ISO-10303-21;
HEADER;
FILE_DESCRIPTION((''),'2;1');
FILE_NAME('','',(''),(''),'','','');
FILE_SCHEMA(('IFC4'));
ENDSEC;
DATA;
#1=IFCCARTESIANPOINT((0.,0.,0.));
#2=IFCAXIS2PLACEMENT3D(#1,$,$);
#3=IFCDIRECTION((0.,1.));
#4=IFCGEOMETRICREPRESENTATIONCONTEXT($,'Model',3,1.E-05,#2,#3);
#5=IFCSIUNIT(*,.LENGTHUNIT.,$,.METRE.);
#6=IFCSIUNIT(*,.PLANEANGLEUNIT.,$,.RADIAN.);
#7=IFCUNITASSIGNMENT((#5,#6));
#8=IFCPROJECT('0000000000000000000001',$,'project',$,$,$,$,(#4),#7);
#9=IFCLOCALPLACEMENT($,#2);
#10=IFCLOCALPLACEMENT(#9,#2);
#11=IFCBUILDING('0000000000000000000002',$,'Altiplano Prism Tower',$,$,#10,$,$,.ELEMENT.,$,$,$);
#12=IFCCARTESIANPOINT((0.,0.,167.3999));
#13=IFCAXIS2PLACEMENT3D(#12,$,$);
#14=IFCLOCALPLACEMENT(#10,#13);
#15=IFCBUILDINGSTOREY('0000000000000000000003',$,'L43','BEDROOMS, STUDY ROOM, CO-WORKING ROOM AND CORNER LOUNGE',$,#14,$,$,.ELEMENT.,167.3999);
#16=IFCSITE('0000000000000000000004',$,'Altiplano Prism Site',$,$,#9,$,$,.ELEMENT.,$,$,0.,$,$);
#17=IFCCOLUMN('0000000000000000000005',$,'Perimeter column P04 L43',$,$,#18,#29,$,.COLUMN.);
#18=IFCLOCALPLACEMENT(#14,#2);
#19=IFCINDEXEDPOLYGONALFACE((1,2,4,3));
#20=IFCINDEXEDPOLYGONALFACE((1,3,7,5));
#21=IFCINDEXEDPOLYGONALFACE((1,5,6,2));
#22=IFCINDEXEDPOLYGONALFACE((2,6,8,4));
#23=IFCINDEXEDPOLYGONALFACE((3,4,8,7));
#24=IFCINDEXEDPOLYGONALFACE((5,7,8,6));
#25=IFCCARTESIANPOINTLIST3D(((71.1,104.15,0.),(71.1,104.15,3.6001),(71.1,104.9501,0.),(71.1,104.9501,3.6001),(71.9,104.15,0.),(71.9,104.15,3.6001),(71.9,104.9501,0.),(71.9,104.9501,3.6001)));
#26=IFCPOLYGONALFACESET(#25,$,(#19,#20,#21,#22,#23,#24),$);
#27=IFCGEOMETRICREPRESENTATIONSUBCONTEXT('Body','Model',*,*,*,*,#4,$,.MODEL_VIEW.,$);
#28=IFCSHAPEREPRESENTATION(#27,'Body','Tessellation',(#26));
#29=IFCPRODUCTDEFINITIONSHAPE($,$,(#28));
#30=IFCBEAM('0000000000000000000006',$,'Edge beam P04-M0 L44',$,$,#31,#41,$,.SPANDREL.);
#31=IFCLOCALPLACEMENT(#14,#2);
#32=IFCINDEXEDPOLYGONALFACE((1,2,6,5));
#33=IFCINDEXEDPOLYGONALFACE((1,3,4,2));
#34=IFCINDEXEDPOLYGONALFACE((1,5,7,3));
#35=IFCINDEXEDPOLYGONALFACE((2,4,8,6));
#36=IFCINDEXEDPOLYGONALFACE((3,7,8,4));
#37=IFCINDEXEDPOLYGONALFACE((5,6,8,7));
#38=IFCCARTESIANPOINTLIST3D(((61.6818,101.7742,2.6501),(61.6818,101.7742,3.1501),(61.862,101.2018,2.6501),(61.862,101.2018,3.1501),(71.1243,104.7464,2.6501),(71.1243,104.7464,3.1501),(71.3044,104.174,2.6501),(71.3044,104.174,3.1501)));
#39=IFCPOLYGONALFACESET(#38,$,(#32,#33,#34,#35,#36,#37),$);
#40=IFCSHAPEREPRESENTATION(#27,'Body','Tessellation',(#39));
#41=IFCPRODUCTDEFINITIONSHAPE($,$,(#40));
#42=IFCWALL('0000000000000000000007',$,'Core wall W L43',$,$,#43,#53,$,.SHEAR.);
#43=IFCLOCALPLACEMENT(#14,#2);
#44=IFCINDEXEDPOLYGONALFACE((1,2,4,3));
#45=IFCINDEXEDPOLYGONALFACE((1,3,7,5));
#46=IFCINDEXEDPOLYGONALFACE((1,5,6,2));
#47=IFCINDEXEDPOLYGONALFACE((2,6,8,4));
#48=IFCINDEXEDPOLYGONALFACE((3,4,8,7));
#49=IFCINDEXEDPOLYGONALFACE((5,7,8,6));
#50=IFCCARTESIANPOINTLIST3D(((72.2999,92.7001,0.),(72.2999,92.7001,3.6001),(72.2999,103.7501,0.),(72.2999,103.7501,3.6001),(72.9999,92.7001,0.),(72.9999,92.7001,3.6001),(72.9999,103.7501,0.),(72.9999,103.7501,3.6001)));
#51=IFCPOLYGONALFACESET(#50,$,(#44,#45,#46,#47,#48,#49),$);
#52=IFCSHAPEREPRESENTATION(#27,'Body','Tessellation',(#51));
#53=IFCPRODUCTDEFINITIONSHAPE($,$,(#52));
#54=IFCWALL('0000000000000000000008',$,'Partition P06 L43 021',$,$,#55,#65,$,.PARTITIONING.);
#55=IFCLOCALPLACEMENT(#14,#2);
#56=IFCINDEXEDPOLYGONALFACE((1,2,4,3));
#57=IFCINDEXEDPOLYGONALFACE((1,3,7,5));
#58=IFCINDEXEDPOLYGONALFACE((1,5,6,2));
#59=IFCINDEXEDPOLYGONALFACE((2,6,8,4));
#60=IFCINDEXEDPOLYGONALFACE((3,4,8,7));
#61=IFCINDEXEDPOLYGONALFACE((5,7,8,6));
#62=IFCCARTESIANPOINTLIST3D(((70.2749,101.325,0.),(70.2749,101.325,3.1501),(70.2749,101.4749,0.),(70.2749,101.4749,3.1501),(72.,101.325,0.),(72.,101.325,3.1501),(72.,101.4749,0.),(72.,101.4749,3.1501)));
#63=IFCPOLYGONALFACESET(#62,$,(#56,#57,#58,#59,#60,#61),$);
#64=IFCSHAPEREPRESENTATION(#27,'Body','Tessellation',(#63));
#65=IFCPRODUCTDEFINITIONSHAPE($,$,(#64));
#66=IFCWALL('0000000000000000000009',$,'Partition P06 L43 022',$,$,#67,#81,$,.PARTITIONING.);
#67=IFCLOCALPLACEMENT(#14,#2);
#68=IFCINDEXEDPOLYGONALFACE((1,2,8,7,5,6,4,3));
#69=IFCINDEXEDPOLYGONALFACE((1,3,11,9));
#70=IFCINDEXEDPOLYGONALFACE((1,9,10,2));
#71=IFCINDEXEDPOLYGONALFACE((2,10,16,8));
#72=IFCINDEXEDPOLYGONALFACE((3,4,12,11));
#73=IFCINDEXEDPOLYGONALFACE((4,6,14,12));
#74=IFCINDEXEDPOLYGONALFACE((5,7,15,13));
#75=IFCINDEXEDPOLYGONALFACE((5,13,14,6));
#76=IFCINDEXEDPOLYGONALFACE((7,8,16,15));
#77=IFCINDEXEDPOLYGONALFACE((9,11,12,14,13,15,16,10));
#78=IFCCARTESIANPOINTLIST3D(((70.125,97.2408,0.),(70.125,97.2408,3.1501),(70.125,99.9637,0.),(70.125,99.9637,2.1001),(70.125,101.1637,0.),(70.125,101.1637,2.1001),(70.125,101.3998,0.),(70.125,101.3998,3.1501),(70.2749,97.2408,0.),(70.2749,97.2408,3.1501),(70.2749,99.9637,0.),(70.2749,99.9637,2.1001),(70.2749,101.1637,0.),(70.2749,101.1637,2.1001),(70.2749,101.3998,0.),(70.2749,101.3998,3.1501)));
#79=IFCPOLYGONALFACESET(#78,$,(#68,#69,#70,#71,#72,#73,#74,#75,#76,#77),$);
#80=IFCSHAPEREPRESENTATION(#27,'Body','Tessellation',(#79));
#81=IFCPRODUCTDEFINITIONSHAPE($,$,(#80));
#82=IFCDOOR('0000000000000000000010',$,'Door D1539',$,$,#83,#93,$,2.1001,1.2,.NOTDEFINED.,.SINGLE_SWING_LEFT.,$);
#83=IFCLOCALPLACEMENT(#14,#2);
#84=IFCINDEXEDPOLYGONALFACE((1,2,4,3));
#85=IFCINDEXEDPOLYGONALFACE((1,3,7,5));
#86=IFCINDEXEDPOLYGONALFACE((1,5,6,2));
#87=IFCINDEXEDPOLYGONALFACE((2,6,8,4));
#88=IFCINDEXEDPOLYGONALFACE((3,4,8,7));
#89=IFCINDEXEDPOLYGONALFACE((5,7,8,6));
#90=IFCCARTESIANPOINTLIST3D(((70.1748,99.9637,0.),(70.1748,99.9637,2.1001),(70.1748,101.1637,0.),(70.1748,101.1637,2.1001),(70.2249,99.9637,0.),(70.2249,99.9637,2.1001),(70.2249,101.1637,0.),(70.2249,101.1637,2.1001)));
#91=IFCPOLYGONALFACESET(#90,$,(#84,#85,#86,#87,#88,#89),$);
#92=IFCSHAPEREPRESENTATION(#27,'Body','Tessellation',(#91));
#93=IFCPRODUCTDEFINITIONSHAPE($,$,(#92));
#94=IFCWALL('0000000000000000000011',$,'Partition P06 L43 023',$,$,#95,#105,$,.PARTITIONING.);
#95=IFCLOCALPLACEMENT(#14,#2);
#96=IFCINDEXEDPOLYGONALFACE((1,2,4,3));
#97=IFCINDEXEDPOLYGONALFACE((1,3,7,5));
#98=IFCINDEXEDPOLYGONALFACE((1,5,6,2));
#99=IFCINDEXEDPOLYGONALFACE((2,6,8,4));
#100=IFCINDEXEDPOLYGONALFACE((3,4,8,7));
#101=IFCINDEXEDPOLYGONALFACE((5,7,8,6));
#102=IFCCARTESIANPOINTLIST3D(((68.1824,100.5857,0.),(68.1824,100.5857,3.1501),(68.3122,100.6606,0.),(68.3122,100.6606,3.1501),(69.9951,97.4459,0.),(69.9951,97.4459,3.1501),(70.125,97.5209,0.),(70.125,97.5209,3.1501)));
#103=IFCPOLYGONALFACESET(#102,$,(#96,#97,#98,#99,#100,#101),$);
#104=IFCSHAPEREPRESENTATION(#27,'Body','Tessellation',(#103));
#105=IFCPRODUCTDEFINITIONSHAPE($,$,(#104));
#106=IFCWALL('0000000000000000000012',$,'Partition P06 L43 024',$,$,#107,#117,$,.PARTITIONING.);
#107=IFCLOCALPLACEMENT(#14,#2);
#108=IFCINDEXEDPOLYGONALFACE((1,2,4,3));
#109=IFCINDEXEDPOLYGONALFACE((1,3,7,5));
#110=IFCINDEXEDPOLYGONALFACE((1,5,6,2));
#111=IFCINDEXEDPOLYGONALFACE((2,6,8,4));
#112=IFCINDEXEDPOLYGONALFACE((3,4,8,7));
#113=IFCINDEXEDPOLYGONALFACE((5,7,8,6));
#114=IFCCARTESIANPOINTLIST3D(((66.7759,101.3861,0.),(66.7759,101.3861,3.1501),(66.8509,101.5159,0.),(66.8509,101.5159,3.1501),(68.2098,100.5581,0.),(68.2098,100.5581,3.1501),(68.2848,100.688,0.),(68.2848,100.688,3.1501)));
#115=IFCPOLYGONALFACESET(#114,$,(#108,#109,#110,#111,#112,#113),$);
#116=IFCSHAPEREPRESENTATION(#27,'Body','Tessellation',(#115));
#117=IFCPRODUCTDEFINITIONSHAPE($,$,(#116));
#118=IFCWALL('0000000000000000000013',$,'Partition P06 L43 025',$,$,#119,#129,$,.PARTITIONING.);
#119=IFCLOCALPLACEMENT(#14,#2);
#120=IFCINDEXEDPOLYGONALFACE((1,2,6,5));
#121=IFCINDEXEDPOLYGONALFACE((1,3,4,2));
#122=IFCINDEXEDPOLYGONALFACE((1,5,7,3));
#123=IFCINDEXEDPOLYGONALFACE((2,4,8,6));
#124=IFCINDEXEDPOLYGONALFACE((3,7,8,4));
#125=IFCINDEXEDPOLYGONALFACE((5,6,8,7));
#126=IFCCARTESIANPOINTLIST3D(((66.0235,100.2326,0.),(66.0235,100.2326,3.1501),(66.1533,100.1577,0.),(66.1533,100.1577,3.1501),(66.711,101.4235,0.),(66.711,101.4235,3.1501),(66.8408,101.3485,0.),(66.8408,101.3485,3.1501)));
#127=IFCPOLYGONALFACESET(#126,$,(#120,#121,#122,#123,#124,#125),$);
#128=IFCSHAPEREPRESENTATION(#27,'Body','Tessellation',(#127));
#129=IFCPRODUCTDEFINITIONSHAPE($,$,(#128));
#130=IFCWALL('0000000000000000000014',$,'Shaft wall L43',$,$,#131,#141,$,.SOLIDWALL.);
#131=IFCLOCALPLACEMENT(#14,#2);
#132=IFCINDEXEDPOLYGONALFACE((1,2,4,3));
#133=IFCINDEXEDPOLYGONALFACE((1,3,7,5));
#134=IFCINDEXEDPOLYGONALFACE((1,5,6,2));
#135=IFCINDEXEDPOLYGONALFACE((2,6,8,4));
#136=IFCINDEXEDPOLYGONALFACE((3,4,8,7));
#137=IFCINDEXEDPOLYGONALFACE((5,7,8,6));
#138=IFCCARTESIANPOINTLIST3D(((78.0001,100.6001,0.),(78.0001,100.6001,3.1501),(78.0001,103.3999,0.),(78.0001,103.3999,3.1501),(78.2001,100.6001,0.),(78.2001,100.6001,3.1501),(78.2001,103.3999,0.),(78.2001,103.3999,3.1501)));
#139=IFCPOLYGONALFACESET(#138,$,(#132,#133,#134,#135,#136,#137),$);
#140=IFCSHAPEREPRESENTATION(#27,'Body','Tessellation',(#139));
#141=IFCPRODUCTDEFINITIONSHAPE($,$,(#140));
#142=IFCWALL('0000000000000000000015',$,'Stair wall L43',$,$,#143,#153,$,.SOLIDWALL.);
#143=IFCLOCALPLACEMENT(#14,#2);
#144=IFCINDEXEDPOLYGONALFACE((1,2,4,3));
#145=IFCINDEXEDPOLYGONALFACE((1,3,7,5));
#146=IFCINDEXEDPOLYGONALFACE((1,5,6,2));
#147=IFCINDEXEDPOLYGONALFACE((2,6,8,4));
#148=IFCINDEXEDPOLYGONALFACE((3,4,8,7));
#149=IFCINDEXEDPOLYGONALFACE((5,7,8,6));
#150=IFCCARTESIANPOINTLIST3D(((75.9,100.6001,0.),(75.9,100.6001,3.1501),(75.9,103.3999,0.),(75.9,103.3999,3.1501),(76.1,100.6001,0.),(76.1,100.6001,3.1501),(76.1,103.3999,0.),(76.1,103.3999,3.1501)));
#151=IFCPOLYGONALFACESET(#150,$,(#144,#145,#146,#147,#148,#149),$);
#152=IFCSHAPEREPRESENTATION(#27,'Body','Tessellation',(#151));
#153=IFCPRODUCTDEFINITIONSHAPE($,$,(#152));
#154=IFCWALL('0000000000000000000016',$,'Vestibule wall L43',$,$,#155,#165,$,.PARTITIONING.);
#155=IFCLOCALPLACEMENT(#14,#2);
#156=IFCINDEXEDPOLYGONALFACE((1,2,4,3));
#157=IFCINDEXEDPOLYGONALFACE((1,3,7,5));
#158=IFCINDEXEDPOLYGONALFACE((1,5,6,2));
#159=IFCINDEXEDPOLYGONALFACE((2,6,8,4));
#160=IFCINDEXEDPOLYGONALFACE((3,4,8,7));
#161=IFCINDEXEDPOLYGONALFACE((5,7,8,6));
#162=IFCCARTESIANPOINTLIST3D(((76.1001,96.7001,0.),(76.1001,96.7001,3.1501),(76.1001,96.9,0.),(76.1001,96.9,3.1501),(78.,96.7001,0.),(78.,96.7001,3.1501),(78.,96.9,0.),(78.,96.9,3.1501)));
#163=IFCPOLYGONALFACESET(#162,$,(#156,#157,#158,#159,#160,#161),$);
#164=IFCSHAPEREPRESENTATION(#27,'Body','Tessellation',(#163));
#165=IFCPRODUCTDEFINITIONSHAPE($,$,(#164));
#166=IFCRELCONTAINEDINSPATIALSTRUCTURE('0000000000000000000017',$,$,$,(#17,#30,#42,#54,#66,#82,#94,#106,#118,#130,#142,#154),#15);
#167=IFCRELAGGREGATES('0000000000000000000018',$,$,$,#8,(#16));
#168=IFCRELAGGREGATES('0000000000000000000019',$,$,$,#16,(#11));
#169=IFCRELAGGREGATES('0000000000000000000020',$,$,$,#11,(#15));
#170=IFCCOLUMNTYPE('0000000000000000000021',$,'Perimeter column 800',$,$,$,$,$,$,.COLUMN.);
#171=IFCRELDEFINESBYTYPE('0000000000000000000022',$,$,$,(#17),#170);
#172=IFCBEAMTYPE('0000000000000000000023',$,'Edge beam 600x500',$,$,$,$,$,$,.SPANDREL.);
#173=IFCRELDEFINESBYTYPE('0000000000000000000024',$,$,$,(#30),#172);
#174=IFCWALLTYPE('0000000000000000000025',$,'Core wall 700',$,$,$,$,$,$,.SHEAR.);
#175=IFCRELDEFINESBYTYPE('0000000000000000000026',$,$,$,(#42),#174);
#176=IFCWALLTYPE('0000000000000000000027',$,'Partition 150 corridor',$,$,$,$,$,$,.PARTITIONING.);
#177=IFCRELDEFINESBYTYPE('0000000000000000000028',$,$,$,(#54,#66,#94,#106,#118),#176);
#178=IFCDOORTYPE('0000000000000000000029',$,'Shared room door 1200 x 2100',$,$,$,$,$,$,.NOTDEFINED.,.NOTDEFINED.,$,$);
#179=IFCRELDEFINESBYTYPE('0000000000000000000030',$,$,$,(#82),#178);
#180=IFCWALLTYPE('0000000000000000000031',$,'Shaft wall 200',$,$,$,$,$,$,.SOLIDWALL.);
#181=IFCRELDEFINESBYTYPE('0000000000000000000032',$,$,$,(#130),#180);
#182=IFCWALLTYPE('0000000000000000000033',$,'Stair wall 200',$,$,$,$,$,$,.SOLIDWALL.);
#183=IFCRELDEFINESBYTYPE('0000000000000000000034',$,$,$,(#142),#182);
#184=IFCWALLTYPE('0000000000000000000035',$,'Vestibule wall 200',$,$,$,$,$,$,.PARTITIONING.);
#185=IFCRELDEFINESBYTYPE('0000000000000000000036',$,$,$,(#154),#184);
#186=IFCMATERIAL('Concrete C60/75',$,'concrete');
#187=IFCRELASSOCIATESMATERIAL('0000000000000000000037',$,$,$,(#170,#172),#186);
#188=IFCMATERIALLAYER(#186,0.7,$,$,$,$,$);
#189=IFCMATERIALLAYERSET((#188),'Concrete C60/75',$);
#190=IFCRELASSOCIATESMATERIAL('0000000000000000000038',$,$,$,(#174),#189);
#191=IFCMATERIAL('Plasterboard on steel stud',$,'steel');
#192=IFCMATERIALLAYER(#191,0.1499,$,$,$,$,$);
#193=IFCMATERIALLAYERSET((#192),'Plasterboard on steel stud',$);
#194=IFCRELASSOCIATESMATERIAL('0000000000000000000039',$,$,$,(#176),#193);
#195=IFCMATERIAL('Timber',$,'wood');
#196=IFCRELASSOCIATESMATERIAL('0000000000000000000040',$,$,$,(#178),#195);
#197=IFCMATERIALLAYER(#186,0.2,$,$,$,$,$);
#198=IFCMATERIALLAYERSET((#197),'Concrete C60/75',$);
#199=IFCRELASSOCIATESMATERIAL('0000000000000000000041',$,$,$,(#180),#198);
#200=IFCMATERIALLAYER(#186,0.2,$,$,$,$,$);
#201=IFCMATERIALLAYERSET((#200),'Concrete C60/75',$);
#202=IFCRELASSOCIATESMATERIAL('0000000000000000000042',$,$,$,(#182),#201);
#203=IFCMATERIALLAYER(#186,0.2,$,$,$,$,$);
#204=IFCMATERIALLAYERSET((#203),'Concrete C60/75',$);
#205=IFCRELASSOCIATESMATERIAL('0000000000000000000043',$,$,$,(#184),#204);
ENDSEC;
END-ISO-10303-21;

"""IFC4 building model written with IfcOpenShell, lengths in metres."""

from ifc_helpers import new_model, si_unit, direction, frame, frame_2d, origin, origin_2d, place, context, subcontext, project, spatial, rectangle, extrude, material, layer, layer_set, material_profile, profile_set, type_object, element, fill, save


model = new_model("IFC4")

# Units and contexts
model_context = context("Model", 3, precision=1e-05, world=origin(), true_north=direction((0.0, 1.0)))
body_context = subcontext(model_context, "Body", "Model", "MODEL_VIEW")
ifc_project = project(units=[si_unit("LENGTHUNIT", "METRE"), si_unit("PLANEANGLEUNIT", "RADIAN")], contexts=[model_context])

# Site, building, storey
site_placement = place(None, origin())
site = spatial("IfcSite", under=ifc_project, at=site_placement, Name="Altiplano Prism Site", CompositionType="ELEMENT", RefElevation=0.0)
building_placement = place(site_placement, origin())
building = spatial("IfcBuilding", under=site, at=building_placement, Name="Altiplano Prism Tower", CompositionType="ELEMENT")
storey_placement = place(building_placement, frame((0.0, 0.0, 167.3999)))
storey = spatial("IfcBuildingStorey", under=building, at=storey_placement, Name="L43", Description="BEDROOMS, STUDY ROOM, CO-WORKING ROOM AND CORNER LOUNGE", CompositionType="ELEMENT", Elevation=167.3999)

# Column
ifc_material_1 = material(Name="Concrete C60/75", Category="concrete")
ifc_material_profile_1 = material_profile(ifc_material_1, rectangle(XDim=0.8, YDim=0.8, at=origin_2d()), Name="Perimeter column 800")
ifc_profile_set_1 = profile_set([ifc_material_profile_1], Name="Concrete C60/75")
column_type = type_object("IfcColumnType", Name="Perimeter column 800", PredefinedType="COLUMN", material=ifc_profile_set_1)
column_placement = place(storey_placement, frame((71.5, 104.55, 0.0), z_axis=(0.0, 0.0, 1.0), x_axis=(1.0, 0.0, 0.0)))
element("IfcColumn", 1, at=column_placement, inside=storey, type_object=column_type, Name="Perimeter column P04 L43", PredefinedType="COLUMN", context=body_context, shape_type="SweptSolid", body=[
    extrude(rectangle(XDim=0.8, YDim=0.8, at=origin_2d()), origin(), (0.0, 0.0, 1.0), 3.6001),
])

# Beam
ifc_material_profile_2 = material_profile(ifc_material_1, rectangle(XDim=0.6001, YDim=0.5, at=origin_2d()), Name="Edge beam 600x500")
ifc_profile_set_2 = profile_set([ifc_material_profile_2], Name="Concrete C60/75")
beam_type = type_object("IfcBeamType", Name="Edge beam 600x500", PredefinedType="SPANDREL", material=ifc_profile_set_2)
beam_placement = place(storey_placement, frame((71.2144, 104.4602, 2.9001), z_axis=(-0.953862, -0.300246, 0.0), x_axis=(0.300246, -0.953862, 0.0)))
element("IfcBeam", 2, at=beam_placement, inside=storey, type_object=beam_type, Name="Edge beam P04-M0 L44", PredefinedType="SPANDREL", context=body_context, shape_type="SweptSolid", body=[
    extrude(rectangle(XDim=0.6001, YDim=0.5, at=origin_2d()), origin(), (0.0, 0.0, 1.0), 9.8992),
])

# Walls
ifc_layer_1 = layer(ifc_material_1, 0.7)
ifc_layer_set_1 = layer_set([ifc_layer_1], Name="Concrete C60/75")
wall_type_1 = type_object("IfcWallType", Name="Core wall 700", PredefinedType="SHEAR", material=ifc_layer_set_1)
wall_1_placement = place(storey_placement, frame((72.6499, 103.75, 0.0), z_axis=(0.0, 0.0, 1.0), x_axis=(0.0, -1.0, 0.0)))
element("IfcWall", 3, at=wall_1_placement, inside=storey, type_object=wall_type_1, Name="Core wall W L43", PredefinedType="SHEAR", context=body_context, shape_type="SweptSolid", body=[
    extrude(rectangle(XDim=11.05, YDim=0.7, at=frame_2d((5.5249, 0.0))), origin(), (0.0, 0.0, 1.0), 3.6001),
])
ifc_material_2 = material(Name="Plasterboard on steel stud", Category="steel")
ifc_layer_2 = layer(ifc_material_2, 0.1499)
ifc_layer_set_2 = layer_set([ifc_layer_2], Name="Plasterboard on steel stud")
wall_type_2 = type_object("IfcWallType", Name="Partition 150 corridor", PredefinedType="PARTITIONING", material=ifc_layer_set_2)
wall_2_placement = place(storey_placement, frame((72.0, 101.3999, 0.0), z_axis=(0.0, 0.0, 1.0), x_axis=(-1.0, 0.0, 0.0)))
element("IfcWall", 4, at=wall_2_placement, inside=storey, type_object=wall_type_2, Name="Partition P06 L43 021", PredefinedType="PARTITIONING", context=body_context, shape_type="SweptSolid", body=[
    extrude(rectangle(XDim=1.7251, YDim=0.1499, at=frame_2d((0.8625, 0.0))), origin(), (0.0, 0.0, 1.0), 3.1501),
])

# Wall, opening, door
wall_3_placement = place(storey_placement, frame((70.2, 101.3999, 0.0), z_axis=(0.0, 0.0, 1.0), x_axis=(0.0, -1.0, 0.0)))
wall_3 = element("IfcWall", 5, at=wall_3_placement, inside=storey, type_object=wall_type_2, Name="Partition P06 L43 022", PredefinedType="PARTITIONING", context=body_context, shape_type="SweptSolid", body=[
    extrude(rectangle(XDim=4.1589, YDim=0.1499, at=frame_2d((2.0796, 0.0))), origin(), (0.0, 0.0, 1.0), 3.1501),
])
opening_1_placement = place(wall_3_placement, frame((0.2361, 0.0, 0.0)))
opening_1 = element("IfcOpeningElement", 6, at=opening_1_placement, cuts=wall_3, PredefinedType="OPENING", context=body_context, shape_type="SweptSolid", body=[
    extrude(rectangle(XDim=1.2, YDim=2.1001, at=frame_2d((0.6001, 1.05))), frame((0.0, 0.0854, 0.0), z_axis=(0.0, -1.0, 0.0), x_axis=(1.0, 0.0, 0.0)), (0.0, 0.0, 1.0), 0.1709),
])
ifc_material_3 = material(Name="Timber", Category="wood")
door_type_1 = type_object("IfcDoorType", Name="Shared room door 1200 x 2100", OperationType="NOTDEFINED", PredefinedType="NOTDEFINED", material=ifc_material_3)
door_1_placement = place(opening_1_placement, origin())
door_1 = element("IfcDoor", 7, at=door_1_placement, inside=storey, type_object=door_type_1, Name="Door D1539", OperationType="SINGLE_SWING_LEFT", OverallHeight=2.1001, OverallWidth=1.2, PredefinedType="NOTDEFINED", context=body_context, shape_type="SweptSolid", body=[
    extrude(rectangle(XDim=1.2, YDim=2.1001, at=frame_2d((0.6001, 1.05))), frame((0.0, 0.0249, 0.0), z_axis=(0.0, -1.0, 0.0), x_axis=(1.0, 0.0, 0.0)), (0.0, 0.0, 1.0), 0.05),
])
fill(opening_1, door_1)

# Walls
wall_4_placement = place(storey_placement, frame((70.0601, 97.4834, 0.0), z_axis=(0.0, 0.0, 1.0), x_axis=(-0.500014, 0.866017, 0.0)))
element("IfcWall", 8, at=wall_4_placement, inside=storey, type_object=wall_type_2, Name="Partition P06 L43 023", PredefinedType="PARTITIONING", context=body_context, shape_type="SweptSolid", body=[
    extrude(rectangle(XDim=3.6255, YDim=0.1499, at=frame_2d((1.8127, 0.0))), origin(), (0.0, 0.0, 1.0), 3.1501),
])
wall_5_placement = place(storey_placement, frame((68.2473, 100.623, 0.0), z_axis=(0.0, 0.0, 1.0), x_axis=(-0.866011, 0.500025, 0.0)))
element("IfcWall", 9, at=wall_5_placement, inside=storey, type_object=wall_type_2, Name="Partition P06 L43 024", PredefinedType="PARTITIONING", context=body_context, shape_type="SweptSolid", body=[
    extrude(rectangle(XDim=1.6558, YDim=0.1499, at=frame_2d((0.8279, 0.0))), origin(), (0.0, 0.0, 1.0), 3.1501),
])
wall_6_placement = place(storey_placement, frame((66.7759, 101.386, 0.0), z_axis=(0.0, 0.0, 1.0), x_axis=(-0.499958, -0.86605, 0.0)))
element("IfcWall", 10, at=wall_6_placement, inside=storey, type_object=wall_type_2, Name="Partition P06 L43 025", PredefinedType="PARTITIONING", context=body_context, shape_type="SweptSolid", body=[
    extrude(rectangle(XDim=1.375, YDim=0.1499, at=frame_2d((0.6875, 0.0))), origin(), (0.0, 0.0, 1.0), 3.1501),
])
ifc_layer_3 = layer(ifc_material_1, 0.2)
ifc_layer_set_3 = layer_set([ifc_layer_3], Name="Concrete C60/75")
wall_type_3 = type_object("IfcWallType", Name="Shaft wall 200", PredefinedType="SOLIDWALL", material=ifc_layer_set_3)
wall_7_placement = place(storey_placement, frame((78.1001, 100.6001, 0.0), z_axis=(0.0, 0.0, 1.0), x_axis=(0.0, 1.0, 0.0)))
element("IfcWall", 11, at=wall_7_placement, inside=storey, type_object=wall_type_3, Name="Shaft wall L43", PredefinedType="SOLIDWALL", context=body_context, shape_type="SweptSolid", body=[
    extrude(rectangle(XDim=2.7998, YDim=0.2, at=frame_2d((1.3999, 0.0))), origin(), (0.0, 0.0, 1.0), 3.1501),
])

# Shared definitions
ifc_layer_4 = layer(ifc_material_1, 0.2)
ifc_layer_set_4 = layer_set([ifc_layer_4], Name="Concrete C60/75")
wall_type_4 = type_object("IfcWallType", Name="Stair wall 200", PredefinedType="SOLIDWALL", material=ifc_layer_set_4)

# Walls
wall_8_placement = place(storey_placement, frame((76.0, 100.6001, 0.0), z_axis=(0.0, 0.0, 1.0), x_axis=(0.0, 1.0, 0.0)))
element("IfcWall", 12, at=wall_8_placement, inside=storey, type_object=wall_type_4, Name="Stair wall L43", PredefinedType="SOLIDWALL", context=body_context, shape_type="SweptSolid", body=[
    extrude(rectangle(XDim=2.7998, YDim=0.2, at=frame_2d((1.3999, 0.0))), origin(), (0.0, 0.0, 1.0), 3.1501),
])
ifc_layer_5 = layer(ifc_material_1, 0.2)
ifc_layer_set_5 = layer_set([ifc_layer_5], Name="Concrete C60/75")
wall_type_5 = type_object("IfcWallType", Name="Vestibule wall 200", PredefinedType="PARTITIONING", material=ifc_layer_set_5)
wall_9_placement = place(storey_placement, frame((76.1001, 96.8, 0.0), z_axis=(0.0, 0.0, 1.0), x_axis=(1.0, 0.0, 0.0)))
element("IfcWall", 13, at=wall_9_placement, inside=storey, type_object=wall_type_5, Name="Vestibule wall L43", PredefinedType="PARTITIONING", context=body_context, shape_type="SweptSolid", body=[
    extrude(rectangle(XDim=1.8999, YDim=0.2, at=frame_2d((0.95, 0.0))), origin(), (0.0, 0.0, 1.0), 3.1501),
])

save(model, "model.ifc")
